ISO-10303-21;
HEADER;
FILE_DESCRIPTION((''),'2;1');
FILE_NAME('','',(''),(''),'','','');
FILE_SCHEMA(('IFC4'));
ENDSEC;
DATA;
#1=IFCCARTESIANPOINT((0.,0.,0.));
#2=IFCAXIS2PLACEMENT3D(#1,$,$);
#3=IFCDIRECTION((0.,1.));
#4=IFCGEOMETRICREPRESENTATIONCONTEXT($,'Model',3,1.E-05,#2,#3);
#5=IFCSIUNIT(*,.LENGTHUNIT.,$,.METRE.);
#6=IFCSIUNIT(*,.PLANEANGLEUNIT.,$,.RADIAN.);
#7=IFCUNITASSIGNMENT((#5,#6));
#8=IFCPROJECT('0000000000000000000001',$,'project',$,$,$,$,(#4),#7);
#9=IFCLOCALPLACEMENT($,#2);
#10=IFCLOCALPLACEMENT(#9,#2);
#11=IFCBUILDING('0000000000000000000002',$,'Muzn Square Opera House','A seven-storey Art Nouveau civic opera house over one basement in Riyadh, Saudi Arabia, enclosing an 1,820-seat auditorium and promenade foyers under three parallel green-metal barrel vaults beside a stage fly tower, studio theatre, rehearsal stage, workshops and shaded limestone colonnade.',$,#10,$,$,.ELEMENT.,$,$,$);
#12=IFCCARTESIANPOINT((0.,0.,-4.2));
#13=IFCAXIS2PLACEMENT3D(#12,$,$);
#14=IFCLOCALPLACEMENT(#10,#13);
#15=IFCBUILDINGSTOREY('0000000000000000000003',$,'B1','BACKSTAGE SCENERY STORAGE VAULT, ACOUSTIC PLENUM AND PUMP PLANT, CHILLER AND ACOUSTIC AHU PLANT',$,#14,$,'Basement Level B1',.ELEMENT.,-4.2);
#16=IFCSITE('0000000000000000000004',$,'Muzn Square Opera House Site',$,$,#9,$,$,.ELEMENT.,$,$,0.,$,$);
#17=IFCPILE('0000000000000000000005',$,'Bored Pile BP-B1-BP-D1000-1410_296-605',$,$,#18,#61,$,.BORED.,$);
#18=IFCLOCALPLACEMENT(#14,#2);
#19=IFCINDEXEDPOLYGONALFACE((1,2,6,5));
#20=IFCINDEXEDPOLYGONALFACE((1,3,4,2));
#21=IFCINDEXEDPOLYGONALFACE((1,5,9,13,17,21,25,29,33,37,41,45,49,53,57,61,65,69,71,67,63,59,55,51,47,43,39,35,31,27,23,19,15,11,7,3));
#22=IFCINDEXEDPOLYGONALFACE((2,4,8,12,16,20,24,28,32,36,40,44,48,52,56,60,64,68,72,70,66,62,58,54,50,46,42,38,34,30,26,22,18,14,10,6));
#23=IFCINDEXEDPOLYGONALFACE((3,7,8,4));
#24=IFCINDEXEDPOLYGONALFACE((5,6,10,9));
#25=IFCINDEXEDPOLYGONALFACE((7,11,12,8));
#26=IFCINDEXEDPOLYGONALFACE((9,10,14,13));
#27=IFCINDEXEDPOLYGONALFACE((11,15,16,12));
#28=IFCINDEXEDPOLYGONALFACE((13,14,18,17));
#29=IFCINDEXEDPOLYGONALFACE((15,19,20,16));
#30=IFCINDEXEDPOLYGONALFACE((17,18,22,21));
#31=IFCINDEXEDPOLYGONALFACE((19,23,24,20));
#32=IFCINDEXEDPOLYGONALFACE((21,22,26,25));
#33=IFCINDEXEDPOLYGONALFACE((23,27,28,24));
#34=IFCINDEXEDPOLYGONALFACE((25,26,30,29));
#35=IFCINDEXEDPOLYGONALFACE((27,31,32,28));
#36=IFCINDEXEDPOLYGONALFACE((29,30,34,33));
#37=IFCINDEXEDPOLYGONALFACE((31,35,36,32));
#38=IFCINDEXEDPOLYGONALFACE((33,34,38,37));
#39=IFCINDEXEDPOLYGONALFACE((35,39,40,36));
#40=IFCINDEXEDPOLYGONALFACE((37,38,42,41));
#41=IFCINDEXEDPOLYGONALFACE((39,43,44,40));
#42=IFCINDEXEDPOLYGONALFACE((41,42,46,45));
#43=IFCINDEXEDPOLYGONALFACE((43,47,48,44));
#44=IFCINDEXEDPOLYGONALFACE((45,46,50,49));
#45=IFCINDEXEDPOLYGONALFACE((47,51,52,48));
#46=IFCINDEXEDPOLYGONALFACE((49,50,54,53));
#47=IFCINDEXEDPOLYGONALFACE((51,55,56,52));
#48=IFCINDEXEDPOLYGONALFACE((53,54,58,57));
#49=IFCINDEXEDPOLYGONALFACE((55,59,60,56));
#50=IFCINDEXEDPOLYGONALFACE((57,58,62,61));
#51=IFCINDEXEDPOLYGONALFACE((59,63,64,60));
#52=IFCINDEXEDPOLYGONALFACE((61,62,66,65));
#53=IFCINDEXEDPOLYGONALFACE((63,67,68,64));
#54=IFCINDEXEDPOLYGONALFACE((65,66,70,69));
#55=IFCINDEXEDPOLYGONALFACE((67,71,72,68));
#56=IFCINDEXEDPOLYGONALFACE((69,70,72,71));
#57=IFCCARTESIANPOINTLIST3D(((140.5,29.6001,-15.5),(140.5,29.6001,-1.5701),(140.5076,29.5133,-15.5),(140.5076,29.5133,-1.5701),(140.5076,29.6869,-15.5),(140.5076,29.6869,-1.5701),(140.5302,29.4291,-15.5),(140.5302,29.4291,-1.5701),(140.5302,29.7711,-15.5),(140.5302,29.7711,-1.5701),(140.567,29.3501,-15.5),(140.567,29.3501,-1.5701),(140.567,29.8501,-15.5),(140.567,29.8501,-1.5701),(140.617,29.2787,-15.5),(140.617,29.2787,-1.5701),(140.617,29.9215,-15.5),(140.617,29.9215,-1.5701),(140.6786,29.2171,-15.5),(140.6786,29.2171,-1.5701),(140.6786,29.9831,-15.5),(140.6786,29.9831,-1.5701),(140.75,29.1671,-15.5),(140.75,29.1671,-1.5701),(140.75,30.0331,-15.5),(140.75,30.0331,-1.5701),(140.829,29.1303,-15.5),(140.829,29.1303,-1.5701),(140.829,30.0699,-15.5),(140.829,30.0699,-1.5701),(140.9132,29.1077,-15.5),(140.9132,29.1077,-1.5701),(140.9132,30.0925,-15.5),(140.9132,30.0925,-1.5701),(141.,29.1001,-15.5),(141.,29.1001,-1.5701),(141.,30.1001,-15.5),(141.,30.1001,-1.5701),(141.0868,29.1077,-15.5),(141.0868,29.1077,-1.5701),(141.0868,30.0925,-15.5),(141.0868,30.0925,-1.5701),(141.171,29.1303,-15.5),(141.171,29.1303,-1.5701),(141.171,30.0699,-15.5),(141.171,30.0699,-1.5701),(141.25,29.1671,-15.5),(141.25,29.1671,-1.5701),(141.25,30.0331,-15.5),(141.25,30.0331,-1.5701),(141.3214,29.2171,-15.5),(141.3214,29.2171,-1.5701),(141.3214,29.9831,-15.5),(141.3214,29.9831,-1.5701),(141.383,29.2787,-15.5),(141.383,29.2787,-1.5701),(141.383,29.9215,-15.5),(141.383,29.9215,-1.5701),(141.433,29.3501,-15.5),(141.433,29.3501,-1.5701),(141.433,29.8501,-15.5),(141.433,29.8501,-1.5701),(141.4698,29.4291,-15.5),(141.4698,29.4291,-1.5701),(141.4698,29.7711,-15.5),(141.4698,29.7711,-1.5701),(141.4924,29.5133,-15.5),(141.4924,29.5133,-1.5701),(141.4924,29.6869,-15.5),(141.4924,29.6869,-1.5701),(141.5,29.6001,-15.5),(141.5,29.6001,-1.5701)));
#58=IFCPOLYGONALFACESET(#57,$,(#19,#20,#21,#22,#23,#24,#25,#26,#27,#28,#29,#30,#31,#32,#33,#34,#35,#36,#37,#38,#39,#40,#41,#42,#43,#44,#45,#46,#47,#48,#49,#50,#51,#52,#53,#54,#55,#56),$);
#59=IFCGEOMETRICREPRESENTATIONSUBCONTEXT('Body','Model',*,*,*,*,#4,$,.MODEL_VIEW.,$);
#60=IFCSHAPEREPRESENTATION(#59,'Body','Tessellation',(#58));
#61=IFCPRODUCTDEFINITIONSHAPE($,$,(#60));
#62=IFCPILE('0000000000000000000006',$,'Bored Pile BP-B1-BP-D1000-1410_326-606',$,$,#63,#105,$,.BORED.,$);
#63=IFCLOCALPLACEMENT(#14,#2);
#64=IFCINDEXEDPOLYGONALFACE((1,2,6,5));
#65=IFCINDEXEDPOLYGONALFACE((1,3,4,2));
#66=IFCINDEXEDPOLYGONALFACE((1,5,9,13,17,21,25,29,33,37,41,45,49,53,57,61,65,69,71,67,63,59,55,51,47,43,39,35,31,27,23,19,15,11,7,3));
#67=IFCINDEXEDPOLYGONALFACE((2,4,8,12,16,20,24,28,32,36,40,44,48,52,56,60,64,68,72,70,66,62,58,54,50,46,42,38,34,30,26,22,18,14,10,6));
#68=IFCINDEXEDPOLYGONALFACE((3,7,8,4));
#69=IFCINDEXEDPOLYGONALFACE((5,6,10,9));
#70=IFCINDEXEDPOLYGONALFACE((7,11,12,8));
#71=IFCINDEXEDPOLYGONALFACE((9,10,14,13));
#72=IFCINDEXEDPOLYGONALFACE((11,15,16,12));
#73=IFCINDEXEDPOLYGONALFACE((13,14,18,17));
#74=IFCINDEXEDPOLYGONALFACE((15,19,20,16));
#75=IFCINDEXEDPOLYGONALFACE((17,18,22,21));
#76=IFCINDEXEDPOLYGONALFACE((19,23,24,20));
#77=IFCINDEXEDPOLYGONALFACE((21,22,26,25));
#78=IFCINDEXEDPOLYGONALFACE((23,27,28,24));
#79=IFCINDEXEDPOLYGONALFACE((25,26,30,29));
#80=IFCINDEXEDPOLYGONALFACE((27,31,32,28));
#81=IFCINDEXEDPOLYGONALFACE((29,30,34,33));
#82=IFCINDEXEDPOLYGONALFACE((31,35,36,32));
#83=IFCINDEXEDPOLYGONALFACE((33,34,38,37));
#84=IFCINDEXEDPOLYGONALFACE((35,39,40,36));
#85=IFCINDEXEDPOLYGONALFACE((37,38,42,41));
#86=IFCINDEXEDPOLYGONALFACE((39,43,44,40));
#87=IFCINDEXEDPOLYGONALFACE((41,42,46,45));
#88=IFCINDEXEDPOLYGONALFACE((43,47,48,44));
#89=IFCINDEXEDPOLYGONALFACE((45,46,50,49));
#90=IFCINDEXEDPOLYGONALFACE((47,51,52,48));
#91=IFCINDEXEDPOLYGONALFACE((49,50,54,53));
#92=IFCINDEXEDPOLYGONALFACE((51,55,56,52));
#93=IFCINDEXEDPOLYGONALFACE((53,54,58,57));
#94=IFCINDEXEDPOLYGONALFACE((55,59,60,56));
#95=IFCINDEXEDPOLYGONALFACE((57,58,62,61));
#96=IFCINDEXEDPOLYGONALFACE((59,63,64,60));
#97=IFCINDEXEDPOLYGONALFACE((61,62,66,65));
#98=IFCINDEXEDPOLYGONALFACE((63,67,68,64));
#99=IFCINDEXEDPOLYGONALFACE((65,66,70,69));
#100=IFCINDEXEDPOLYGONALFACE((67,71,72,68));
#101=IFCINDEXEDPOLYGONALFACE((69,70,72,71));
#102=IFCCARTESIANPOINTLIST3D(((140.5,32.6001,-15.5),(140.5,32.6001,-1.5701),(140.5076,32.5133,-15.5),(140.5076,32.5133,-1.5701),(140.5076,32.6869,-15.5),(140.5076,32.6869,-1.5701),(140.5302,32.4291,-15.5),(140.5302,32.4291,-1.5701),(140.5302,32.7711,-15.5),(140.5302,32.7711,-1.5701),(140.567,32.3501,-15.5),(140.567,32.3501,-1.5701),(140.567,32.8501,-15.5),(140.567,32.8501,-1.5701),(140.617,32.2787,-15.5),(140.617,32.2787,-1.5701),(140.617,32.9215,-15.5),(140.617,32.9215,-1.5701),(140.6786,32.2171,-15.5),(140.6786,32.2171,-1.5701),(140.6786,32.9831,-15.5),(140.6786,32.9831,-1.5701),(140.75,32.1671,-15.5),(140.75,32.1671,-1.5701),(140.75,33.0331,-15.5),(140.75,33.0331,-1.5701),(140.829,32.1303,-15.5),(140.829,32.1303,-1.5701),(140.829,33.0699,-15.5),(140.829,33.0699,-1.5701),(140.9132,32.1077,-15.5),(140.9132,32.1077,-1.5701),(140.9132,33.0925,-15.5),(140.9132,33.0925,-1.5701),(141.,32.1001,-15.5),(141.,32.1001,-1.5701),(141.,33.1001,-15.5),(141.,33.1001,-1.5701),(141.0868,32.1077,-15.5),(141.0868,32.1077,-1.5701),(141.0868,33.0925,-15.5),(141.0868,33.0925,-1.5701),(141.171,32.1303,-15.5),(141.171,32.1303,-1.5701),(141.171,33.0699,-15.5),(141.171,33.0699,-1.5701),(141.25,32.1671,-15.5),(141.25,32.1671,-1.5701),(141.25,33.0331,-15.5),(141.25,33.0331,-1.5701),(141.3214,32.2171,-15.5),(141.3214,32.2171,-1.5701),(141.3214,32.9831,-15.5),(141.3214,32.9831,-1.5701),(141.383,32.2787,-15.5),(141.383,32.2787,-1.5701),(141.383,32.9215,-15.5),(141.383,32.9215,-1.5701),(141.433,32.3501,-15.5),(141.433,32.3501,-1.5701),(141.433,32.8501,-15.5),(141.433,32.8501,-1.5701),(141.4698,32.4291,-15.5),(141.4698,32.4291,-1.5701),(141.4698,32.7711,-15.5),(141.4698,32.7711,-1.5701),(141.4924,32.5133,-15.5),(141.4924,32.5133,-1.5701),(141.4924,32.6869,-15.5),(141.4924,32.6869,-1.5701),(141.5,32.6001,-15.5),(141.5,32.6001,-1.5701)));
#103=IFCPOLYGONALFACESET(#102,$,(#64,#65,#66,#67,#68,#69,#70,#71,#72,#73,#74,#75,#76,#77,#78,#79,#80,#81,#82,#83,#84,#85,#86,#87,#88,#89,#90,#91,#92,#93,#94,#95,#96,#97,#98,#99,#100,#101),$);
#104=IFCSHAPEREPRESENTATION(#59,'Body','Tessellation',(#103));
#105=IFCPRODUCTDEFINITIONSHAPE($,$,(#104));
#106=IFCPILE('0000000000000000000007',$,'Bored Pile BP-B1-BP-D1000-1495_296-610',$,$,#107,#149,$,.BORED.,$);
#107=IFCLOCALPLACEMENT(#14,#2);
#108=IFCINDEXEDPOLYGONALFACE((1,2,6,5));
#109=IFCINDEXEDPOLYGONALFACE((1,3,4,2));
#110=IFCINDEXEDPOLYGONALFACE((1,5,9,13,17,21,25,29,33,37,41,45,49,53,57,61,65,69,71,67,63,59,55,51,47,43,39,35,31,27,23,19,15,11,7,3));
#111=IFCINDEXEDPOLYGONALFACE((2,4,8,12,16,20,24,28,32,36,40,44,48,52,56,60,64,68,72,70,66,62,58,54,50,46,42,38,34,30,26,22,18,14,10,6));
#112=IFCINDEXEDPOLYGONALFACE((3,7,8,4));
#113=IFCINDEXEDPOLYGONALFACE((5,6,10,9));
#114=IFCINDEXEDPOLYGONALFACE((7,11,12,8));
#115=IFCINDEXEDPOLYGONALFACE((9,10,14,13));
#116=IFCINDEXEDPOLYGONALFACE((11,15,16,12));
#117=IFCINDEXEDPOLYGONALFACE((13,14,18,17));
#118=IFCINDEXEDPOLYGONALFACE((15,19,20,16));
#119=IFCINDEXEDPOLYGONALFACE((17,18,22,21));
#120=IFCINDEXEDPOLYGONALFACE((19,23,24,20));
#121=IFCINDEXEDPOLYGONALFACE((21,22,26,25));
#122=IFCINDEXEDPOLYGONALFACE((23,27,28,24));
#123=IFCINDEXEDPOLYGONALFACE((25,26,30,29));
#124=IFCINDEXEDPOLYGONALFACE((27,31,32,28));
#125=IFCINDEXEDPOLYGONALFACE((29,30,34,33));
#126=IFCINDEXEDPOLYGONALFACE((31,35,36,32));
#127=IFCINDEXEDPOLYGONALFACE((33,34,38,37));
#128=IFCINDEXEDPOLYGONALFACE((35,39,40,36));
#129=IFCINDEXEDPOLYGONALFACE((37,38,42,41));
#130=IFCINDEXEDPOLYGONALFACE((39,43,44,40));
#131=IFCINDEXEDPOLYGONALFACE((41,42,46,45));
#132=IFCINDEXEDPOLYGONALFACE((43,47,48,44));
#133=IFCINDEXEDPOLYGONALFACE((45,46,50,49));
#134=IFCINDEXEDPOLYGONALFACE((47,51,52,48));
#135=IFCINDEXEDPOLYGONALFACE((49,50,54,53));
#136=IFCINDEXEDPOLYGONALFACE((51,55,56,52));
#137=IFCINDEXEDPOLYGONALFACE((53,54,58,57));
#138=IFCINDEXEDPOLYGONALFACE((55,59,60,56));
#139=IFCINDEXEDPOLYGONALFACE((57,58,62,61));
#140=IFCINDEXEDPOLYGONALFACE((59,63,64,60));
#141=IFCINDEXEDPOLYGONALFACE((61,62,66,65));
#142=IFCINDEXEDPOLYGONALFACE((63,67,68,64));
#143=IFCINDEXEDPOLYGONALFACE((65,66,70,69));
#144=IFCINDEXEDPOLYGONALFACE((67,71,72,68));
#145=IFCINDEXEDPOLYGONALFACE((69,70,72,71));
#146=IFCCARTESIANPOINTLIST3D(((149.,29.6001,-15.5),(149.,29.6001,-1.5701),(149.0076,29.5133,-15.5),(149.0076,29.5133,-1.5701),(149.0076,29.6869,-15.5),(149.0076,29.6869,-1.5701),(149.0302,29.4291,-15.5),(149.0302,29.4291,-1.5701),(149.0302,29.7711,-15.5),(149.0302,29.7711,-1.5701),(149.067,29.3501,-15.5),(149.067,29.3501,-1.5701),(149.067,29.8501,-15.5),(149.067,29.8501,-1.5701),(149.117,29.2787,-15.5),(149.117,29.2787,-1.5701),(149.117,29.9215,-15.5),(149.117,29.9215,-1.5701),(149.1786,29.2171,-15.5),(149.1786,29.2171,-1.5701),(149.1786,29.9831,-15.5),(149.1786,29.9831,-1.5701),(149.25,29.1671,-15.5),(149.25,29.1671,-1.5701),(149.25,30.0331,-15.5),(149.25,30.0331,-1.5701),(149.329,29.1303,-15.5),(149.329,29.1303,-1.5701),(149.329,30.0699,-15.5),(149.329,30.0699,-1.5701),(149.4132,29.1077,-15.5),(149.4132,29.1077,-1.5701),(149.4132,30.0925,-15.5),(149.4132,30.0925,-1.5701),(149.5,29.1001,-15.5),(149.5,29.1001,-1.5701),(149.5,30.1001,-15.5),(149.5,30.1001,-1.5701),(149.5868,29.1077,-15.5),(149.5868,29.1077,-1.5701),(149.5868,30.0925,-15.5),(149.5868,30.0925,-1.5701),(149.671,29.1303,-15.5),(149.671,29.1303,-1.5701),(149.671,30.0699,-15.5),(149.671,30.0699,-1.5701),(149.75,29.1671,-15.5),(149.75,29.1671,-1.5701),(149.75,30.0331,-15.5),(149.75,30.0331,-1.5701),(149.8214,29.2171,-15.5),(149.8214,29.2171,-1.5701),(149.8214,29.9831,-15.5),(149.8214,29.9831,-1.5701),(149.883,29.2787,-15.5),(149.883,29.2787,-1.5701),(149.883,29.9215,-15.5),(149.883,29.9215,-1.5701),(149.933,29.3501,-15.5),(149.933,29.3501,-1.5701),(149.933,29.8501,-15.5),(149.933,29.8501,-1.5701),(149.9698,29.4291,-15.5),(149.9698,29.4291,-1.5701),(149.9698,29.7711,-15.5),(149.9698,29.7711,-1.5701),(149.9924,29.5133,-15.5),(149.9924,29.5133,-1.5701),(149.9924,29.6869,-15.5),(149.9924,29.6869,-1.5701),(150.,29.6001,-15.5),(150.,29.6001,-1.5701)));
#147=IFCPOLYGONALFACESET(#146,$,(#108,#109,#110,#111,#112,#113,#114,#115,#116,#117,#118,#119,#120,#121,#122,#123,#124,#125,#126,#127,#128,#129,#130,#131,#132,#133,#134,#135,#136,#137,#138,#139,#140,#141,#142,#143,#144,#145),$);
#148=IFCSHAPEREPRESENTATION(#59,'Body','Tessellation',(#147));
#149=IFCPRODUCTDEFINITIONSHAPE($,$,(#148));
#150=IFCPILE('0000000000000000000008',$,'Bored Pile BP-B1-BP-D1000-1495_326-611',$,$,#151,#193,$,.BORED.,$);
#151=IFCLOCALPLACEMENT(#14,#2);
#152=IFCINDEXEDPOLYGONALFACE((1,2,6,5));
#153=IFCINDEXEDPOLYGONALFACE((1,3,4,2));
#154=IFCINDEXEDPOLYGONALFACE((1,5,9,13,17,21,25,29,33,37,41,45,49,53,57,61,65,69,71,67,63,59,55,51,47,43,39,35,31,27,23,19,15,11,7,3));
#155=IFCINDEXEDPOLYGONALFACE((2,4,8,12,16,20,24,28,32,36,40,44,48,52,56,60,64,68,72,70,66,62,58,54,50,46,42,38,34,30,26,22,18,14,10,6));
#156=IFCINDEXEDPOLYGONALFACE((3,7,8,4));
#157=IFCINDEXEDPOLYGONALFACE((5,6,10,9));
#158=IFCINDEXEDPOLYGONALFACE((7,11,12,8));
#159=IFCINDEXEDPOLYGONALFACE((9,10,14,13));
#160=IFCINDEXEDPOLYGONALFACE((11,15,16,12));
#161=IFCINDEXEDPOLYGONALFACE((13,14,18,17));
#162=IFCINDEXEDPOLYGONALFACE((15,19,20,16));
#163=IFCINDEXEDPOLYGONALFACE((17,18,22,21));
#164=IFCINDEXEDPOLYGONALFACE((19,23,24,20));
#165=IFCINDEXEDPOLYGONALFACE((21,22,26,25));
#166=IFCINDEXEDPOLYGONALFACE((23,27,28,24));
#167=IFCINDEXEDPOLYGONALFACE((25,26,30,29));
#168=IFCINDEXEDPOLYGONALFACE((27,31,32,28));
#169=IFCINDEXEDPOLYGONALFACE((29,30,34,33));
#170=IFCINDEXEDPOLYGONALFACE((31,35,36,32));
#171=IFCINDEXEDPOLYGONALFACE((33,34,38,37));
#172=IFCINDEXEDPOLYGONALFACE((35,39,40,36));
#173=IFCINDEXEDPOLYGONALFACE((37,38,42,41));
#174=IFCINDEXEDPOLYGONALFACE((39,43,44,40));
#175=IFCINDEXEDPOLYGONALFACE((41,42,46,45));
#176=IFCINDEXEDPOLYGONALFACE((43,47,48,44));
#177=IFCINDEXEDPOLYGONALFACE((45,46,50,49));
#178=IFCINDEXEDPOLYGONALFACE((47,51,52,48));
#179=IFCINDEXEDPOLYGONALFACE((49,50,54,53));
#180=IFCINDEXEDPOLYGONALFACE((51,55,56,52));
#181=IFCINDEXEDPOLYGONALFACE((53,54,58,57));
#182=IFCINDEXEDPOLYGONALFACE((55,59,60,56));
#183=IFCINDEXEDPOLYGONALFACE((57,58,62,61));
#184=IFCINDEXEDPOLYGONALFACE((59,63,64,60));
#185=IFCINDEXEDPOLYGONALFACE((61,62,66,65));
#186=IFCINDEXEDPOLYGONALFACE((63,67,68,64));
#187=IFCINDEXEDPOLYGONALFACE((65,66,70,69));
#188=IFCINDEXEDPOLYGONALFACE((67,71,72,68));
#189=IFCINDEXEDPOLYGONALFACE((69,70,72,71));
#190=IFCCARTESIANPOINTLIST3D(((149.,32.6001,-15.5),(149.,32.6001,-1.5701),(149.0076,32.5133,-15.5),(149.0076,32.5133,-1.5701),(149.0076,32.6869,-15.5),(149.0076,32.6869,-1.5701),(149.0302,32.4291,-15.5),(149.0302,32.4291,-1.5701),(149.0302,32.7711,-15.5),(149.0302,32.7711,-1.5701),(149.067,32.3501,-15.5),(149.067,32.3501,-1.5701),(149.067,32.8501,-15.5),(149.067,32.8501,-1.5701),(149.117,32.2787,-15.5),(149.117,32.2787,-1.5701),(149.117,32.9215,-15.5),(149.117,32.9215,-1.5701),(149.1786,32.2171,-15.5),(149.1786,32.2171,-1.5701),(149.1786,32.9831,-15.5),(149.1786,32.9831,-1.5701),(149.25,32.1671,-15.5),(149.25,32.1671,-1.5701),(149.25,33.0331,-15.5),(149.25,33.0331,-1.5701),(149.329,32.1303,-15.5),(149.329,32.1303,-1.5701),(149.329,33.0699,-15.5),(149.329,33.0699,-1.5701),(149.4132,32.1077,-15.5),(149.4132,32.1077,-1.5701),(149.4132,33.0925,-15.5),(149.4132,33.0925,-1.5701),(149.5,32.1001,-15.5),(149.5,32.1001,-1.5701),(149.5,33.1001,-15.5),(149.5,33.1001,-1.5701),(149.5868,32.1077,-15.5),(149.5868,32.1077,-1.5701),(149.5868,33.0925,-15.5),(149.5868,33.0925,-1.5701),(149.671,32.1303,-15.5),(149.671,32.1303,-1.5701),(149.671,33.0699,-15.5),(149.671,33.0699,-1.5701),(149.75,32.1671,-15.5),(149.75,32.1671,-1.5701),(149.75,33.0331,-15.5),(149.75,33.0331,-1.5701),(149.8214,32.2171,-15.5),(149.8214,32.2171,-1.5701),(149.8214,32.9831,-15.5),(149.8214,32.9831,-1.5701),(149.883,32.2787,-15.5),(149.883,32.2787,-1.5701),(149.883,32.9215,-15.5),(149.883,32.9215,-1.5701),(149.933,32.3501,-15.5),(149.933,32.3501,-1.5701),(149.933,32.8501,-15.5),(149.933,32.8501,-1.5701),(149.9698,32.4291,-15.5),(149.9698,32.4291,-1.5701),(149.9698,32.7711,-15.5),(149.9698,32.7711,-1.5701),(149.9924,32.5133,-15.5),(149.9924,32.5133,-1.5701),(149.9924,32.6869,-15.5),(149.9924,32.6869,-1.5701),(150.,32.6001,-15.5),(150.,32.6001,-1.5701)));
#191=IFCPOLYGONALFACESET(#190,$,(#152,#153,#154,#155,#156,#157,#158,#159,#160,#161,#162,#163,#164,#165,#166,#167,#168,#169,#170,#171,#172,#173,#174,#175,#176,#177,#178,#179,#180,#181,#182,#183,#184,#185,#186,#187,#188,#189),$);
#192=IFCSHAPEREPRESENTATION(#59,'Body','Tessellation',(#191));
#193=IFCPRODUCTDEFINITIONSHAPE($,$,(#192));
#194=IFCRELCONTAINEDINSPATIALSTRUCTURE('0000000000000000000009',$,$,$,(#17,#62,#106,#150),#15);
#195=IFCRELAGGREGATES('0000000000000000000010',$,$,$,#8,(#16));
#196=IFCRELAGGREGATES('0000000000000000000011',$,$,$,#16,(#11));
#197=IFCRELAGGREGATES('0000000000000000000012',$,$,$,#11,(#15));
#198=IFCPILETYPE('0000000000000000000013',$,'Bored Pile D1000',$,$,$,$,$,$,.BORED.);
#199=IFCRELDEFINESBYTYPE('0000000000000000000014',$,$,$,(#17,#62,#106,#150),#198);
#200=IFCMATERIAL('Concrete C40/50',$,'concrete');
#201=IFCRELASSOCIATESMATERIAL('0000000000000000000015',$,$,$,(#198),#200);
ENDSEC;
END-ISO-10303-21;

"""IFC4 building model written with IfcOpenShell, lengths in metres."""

from ifc_helpers import new_model, si_unit, direction, frame, origin, origin_2d, place, context, subcontext, project, spatial, circle, extrude, material, material_profile, profile_set, type_object, element, save


model = new_model("IFC4")

# Units and contexts
model_context = context("Model", 3, precision=1e-05, world=origin(), true_north=direction((0.0, 1.0)))
body_context = subcontext(model_context, "Body", "Model", "MODEL_VIEW")
ifc_project = project(units=[si_unit("LENGTHUNIT", "METRE"), si_unit("PLANEANGLEUNIT", "RADIAN")], contexts=[model_context])

# Site, building, storey
site_placement = place(None, origin())
site = spatial("IfcSite", under=ifc_project, at=site_placement, Name="Muzn Square Opera House Site", CompositionType="ELEMENT", RefElevation=0.0)
building_placement = place(site_placement, origin())
building = spatial("IfcBuilding", under=site, at=building_placement, Name="Muzn Square Opera House", Description="A seven-storey Art Nouveau civic opera house over one basement in Riyadh, Saudi Arabia, enclosing an 1,820-seat auditorium and promenade foyers under three parallel green-metal barrel vaults beside a stage fly tower, studio theatre, rehearsal stage, workshops and shaded limestone colonnade.", CompositionType="ELEMENT")
storey_placement = place(building_placement, frame((0.0, 0.0, -4.2)))
storey = spatial("IfcBuildingStorey", under=building, at=storey_placement, Name="B1", Description="BACKSTAGE SCENERY STORAGE VAULT, ACOUSTIC PLENUM AND PUMP PLANT, CHILLER AND ACOUSTIC AHU PLANT", LongName="Basement Level B1", CompositionType="ELEMENT", Elevation=-4.2)

# Piles
ifc_material_1 = material(Name="Concrete C40/50", Category="concrete")
ifc_material_profile_1 = material_profile(ifc_material_1, circle(Radius=0.5, at=origin_2d()), Name="BORED PILE D1000", Category="concrete")
ifc_profile_set_1 = profile_set([ifc_material_profile_1], Name="Concrete C40/50")
pile_type = type_object("IfcPileType", Name="Bored Pile D1000", PredefinedType="BORED", material=ifc_profile_set_1)
for number, where, z_axis, x_axis, name in (
    (1, (141.0, 29.6001, -1.5701), (0.0, 0.0, -1.0), (1.0, 0.0, 0.0), "Bored Pile BP-B1-BP-D1000-1410_296-605"),
    (2, (141.0, 32.6001, -1.5701), (0.0, 0.0, -1.0), (1.0, 0.0, 0.0), "Bored Pile BP-B1-BP-D1000-1410_326-606"),
    (3, (149.5, 29.6001, -1.5701), (0.0, 0.0, -1.0), (1.0, 0.0, 0.0), "Bored Pile BP-B1-BP-D1000-1495_296-610"),
    (4, (149.5, 32.6001, -1.5701), (0.0, 0.0, -1.0), (1.0, 0.0, 0.0), "Bored Pile BP-B1-BP-D1000-1495_326-611"),
):
    element("IfcPile", number, at=place(storey_placement, frame(where, z_axis=z_axis, x_axis=x_axis)), inside=storey, type_object=pile_type, Name=name, PredefinedType="BORED", context=body_context, shape_type="SweptSolid", body=[
        extrude(circle(Radius=0.5, at=origin_2d()), origin(), (0.0, 0.0, 1.0), 13.9299),
    ])

save(model, "model.ifc")
